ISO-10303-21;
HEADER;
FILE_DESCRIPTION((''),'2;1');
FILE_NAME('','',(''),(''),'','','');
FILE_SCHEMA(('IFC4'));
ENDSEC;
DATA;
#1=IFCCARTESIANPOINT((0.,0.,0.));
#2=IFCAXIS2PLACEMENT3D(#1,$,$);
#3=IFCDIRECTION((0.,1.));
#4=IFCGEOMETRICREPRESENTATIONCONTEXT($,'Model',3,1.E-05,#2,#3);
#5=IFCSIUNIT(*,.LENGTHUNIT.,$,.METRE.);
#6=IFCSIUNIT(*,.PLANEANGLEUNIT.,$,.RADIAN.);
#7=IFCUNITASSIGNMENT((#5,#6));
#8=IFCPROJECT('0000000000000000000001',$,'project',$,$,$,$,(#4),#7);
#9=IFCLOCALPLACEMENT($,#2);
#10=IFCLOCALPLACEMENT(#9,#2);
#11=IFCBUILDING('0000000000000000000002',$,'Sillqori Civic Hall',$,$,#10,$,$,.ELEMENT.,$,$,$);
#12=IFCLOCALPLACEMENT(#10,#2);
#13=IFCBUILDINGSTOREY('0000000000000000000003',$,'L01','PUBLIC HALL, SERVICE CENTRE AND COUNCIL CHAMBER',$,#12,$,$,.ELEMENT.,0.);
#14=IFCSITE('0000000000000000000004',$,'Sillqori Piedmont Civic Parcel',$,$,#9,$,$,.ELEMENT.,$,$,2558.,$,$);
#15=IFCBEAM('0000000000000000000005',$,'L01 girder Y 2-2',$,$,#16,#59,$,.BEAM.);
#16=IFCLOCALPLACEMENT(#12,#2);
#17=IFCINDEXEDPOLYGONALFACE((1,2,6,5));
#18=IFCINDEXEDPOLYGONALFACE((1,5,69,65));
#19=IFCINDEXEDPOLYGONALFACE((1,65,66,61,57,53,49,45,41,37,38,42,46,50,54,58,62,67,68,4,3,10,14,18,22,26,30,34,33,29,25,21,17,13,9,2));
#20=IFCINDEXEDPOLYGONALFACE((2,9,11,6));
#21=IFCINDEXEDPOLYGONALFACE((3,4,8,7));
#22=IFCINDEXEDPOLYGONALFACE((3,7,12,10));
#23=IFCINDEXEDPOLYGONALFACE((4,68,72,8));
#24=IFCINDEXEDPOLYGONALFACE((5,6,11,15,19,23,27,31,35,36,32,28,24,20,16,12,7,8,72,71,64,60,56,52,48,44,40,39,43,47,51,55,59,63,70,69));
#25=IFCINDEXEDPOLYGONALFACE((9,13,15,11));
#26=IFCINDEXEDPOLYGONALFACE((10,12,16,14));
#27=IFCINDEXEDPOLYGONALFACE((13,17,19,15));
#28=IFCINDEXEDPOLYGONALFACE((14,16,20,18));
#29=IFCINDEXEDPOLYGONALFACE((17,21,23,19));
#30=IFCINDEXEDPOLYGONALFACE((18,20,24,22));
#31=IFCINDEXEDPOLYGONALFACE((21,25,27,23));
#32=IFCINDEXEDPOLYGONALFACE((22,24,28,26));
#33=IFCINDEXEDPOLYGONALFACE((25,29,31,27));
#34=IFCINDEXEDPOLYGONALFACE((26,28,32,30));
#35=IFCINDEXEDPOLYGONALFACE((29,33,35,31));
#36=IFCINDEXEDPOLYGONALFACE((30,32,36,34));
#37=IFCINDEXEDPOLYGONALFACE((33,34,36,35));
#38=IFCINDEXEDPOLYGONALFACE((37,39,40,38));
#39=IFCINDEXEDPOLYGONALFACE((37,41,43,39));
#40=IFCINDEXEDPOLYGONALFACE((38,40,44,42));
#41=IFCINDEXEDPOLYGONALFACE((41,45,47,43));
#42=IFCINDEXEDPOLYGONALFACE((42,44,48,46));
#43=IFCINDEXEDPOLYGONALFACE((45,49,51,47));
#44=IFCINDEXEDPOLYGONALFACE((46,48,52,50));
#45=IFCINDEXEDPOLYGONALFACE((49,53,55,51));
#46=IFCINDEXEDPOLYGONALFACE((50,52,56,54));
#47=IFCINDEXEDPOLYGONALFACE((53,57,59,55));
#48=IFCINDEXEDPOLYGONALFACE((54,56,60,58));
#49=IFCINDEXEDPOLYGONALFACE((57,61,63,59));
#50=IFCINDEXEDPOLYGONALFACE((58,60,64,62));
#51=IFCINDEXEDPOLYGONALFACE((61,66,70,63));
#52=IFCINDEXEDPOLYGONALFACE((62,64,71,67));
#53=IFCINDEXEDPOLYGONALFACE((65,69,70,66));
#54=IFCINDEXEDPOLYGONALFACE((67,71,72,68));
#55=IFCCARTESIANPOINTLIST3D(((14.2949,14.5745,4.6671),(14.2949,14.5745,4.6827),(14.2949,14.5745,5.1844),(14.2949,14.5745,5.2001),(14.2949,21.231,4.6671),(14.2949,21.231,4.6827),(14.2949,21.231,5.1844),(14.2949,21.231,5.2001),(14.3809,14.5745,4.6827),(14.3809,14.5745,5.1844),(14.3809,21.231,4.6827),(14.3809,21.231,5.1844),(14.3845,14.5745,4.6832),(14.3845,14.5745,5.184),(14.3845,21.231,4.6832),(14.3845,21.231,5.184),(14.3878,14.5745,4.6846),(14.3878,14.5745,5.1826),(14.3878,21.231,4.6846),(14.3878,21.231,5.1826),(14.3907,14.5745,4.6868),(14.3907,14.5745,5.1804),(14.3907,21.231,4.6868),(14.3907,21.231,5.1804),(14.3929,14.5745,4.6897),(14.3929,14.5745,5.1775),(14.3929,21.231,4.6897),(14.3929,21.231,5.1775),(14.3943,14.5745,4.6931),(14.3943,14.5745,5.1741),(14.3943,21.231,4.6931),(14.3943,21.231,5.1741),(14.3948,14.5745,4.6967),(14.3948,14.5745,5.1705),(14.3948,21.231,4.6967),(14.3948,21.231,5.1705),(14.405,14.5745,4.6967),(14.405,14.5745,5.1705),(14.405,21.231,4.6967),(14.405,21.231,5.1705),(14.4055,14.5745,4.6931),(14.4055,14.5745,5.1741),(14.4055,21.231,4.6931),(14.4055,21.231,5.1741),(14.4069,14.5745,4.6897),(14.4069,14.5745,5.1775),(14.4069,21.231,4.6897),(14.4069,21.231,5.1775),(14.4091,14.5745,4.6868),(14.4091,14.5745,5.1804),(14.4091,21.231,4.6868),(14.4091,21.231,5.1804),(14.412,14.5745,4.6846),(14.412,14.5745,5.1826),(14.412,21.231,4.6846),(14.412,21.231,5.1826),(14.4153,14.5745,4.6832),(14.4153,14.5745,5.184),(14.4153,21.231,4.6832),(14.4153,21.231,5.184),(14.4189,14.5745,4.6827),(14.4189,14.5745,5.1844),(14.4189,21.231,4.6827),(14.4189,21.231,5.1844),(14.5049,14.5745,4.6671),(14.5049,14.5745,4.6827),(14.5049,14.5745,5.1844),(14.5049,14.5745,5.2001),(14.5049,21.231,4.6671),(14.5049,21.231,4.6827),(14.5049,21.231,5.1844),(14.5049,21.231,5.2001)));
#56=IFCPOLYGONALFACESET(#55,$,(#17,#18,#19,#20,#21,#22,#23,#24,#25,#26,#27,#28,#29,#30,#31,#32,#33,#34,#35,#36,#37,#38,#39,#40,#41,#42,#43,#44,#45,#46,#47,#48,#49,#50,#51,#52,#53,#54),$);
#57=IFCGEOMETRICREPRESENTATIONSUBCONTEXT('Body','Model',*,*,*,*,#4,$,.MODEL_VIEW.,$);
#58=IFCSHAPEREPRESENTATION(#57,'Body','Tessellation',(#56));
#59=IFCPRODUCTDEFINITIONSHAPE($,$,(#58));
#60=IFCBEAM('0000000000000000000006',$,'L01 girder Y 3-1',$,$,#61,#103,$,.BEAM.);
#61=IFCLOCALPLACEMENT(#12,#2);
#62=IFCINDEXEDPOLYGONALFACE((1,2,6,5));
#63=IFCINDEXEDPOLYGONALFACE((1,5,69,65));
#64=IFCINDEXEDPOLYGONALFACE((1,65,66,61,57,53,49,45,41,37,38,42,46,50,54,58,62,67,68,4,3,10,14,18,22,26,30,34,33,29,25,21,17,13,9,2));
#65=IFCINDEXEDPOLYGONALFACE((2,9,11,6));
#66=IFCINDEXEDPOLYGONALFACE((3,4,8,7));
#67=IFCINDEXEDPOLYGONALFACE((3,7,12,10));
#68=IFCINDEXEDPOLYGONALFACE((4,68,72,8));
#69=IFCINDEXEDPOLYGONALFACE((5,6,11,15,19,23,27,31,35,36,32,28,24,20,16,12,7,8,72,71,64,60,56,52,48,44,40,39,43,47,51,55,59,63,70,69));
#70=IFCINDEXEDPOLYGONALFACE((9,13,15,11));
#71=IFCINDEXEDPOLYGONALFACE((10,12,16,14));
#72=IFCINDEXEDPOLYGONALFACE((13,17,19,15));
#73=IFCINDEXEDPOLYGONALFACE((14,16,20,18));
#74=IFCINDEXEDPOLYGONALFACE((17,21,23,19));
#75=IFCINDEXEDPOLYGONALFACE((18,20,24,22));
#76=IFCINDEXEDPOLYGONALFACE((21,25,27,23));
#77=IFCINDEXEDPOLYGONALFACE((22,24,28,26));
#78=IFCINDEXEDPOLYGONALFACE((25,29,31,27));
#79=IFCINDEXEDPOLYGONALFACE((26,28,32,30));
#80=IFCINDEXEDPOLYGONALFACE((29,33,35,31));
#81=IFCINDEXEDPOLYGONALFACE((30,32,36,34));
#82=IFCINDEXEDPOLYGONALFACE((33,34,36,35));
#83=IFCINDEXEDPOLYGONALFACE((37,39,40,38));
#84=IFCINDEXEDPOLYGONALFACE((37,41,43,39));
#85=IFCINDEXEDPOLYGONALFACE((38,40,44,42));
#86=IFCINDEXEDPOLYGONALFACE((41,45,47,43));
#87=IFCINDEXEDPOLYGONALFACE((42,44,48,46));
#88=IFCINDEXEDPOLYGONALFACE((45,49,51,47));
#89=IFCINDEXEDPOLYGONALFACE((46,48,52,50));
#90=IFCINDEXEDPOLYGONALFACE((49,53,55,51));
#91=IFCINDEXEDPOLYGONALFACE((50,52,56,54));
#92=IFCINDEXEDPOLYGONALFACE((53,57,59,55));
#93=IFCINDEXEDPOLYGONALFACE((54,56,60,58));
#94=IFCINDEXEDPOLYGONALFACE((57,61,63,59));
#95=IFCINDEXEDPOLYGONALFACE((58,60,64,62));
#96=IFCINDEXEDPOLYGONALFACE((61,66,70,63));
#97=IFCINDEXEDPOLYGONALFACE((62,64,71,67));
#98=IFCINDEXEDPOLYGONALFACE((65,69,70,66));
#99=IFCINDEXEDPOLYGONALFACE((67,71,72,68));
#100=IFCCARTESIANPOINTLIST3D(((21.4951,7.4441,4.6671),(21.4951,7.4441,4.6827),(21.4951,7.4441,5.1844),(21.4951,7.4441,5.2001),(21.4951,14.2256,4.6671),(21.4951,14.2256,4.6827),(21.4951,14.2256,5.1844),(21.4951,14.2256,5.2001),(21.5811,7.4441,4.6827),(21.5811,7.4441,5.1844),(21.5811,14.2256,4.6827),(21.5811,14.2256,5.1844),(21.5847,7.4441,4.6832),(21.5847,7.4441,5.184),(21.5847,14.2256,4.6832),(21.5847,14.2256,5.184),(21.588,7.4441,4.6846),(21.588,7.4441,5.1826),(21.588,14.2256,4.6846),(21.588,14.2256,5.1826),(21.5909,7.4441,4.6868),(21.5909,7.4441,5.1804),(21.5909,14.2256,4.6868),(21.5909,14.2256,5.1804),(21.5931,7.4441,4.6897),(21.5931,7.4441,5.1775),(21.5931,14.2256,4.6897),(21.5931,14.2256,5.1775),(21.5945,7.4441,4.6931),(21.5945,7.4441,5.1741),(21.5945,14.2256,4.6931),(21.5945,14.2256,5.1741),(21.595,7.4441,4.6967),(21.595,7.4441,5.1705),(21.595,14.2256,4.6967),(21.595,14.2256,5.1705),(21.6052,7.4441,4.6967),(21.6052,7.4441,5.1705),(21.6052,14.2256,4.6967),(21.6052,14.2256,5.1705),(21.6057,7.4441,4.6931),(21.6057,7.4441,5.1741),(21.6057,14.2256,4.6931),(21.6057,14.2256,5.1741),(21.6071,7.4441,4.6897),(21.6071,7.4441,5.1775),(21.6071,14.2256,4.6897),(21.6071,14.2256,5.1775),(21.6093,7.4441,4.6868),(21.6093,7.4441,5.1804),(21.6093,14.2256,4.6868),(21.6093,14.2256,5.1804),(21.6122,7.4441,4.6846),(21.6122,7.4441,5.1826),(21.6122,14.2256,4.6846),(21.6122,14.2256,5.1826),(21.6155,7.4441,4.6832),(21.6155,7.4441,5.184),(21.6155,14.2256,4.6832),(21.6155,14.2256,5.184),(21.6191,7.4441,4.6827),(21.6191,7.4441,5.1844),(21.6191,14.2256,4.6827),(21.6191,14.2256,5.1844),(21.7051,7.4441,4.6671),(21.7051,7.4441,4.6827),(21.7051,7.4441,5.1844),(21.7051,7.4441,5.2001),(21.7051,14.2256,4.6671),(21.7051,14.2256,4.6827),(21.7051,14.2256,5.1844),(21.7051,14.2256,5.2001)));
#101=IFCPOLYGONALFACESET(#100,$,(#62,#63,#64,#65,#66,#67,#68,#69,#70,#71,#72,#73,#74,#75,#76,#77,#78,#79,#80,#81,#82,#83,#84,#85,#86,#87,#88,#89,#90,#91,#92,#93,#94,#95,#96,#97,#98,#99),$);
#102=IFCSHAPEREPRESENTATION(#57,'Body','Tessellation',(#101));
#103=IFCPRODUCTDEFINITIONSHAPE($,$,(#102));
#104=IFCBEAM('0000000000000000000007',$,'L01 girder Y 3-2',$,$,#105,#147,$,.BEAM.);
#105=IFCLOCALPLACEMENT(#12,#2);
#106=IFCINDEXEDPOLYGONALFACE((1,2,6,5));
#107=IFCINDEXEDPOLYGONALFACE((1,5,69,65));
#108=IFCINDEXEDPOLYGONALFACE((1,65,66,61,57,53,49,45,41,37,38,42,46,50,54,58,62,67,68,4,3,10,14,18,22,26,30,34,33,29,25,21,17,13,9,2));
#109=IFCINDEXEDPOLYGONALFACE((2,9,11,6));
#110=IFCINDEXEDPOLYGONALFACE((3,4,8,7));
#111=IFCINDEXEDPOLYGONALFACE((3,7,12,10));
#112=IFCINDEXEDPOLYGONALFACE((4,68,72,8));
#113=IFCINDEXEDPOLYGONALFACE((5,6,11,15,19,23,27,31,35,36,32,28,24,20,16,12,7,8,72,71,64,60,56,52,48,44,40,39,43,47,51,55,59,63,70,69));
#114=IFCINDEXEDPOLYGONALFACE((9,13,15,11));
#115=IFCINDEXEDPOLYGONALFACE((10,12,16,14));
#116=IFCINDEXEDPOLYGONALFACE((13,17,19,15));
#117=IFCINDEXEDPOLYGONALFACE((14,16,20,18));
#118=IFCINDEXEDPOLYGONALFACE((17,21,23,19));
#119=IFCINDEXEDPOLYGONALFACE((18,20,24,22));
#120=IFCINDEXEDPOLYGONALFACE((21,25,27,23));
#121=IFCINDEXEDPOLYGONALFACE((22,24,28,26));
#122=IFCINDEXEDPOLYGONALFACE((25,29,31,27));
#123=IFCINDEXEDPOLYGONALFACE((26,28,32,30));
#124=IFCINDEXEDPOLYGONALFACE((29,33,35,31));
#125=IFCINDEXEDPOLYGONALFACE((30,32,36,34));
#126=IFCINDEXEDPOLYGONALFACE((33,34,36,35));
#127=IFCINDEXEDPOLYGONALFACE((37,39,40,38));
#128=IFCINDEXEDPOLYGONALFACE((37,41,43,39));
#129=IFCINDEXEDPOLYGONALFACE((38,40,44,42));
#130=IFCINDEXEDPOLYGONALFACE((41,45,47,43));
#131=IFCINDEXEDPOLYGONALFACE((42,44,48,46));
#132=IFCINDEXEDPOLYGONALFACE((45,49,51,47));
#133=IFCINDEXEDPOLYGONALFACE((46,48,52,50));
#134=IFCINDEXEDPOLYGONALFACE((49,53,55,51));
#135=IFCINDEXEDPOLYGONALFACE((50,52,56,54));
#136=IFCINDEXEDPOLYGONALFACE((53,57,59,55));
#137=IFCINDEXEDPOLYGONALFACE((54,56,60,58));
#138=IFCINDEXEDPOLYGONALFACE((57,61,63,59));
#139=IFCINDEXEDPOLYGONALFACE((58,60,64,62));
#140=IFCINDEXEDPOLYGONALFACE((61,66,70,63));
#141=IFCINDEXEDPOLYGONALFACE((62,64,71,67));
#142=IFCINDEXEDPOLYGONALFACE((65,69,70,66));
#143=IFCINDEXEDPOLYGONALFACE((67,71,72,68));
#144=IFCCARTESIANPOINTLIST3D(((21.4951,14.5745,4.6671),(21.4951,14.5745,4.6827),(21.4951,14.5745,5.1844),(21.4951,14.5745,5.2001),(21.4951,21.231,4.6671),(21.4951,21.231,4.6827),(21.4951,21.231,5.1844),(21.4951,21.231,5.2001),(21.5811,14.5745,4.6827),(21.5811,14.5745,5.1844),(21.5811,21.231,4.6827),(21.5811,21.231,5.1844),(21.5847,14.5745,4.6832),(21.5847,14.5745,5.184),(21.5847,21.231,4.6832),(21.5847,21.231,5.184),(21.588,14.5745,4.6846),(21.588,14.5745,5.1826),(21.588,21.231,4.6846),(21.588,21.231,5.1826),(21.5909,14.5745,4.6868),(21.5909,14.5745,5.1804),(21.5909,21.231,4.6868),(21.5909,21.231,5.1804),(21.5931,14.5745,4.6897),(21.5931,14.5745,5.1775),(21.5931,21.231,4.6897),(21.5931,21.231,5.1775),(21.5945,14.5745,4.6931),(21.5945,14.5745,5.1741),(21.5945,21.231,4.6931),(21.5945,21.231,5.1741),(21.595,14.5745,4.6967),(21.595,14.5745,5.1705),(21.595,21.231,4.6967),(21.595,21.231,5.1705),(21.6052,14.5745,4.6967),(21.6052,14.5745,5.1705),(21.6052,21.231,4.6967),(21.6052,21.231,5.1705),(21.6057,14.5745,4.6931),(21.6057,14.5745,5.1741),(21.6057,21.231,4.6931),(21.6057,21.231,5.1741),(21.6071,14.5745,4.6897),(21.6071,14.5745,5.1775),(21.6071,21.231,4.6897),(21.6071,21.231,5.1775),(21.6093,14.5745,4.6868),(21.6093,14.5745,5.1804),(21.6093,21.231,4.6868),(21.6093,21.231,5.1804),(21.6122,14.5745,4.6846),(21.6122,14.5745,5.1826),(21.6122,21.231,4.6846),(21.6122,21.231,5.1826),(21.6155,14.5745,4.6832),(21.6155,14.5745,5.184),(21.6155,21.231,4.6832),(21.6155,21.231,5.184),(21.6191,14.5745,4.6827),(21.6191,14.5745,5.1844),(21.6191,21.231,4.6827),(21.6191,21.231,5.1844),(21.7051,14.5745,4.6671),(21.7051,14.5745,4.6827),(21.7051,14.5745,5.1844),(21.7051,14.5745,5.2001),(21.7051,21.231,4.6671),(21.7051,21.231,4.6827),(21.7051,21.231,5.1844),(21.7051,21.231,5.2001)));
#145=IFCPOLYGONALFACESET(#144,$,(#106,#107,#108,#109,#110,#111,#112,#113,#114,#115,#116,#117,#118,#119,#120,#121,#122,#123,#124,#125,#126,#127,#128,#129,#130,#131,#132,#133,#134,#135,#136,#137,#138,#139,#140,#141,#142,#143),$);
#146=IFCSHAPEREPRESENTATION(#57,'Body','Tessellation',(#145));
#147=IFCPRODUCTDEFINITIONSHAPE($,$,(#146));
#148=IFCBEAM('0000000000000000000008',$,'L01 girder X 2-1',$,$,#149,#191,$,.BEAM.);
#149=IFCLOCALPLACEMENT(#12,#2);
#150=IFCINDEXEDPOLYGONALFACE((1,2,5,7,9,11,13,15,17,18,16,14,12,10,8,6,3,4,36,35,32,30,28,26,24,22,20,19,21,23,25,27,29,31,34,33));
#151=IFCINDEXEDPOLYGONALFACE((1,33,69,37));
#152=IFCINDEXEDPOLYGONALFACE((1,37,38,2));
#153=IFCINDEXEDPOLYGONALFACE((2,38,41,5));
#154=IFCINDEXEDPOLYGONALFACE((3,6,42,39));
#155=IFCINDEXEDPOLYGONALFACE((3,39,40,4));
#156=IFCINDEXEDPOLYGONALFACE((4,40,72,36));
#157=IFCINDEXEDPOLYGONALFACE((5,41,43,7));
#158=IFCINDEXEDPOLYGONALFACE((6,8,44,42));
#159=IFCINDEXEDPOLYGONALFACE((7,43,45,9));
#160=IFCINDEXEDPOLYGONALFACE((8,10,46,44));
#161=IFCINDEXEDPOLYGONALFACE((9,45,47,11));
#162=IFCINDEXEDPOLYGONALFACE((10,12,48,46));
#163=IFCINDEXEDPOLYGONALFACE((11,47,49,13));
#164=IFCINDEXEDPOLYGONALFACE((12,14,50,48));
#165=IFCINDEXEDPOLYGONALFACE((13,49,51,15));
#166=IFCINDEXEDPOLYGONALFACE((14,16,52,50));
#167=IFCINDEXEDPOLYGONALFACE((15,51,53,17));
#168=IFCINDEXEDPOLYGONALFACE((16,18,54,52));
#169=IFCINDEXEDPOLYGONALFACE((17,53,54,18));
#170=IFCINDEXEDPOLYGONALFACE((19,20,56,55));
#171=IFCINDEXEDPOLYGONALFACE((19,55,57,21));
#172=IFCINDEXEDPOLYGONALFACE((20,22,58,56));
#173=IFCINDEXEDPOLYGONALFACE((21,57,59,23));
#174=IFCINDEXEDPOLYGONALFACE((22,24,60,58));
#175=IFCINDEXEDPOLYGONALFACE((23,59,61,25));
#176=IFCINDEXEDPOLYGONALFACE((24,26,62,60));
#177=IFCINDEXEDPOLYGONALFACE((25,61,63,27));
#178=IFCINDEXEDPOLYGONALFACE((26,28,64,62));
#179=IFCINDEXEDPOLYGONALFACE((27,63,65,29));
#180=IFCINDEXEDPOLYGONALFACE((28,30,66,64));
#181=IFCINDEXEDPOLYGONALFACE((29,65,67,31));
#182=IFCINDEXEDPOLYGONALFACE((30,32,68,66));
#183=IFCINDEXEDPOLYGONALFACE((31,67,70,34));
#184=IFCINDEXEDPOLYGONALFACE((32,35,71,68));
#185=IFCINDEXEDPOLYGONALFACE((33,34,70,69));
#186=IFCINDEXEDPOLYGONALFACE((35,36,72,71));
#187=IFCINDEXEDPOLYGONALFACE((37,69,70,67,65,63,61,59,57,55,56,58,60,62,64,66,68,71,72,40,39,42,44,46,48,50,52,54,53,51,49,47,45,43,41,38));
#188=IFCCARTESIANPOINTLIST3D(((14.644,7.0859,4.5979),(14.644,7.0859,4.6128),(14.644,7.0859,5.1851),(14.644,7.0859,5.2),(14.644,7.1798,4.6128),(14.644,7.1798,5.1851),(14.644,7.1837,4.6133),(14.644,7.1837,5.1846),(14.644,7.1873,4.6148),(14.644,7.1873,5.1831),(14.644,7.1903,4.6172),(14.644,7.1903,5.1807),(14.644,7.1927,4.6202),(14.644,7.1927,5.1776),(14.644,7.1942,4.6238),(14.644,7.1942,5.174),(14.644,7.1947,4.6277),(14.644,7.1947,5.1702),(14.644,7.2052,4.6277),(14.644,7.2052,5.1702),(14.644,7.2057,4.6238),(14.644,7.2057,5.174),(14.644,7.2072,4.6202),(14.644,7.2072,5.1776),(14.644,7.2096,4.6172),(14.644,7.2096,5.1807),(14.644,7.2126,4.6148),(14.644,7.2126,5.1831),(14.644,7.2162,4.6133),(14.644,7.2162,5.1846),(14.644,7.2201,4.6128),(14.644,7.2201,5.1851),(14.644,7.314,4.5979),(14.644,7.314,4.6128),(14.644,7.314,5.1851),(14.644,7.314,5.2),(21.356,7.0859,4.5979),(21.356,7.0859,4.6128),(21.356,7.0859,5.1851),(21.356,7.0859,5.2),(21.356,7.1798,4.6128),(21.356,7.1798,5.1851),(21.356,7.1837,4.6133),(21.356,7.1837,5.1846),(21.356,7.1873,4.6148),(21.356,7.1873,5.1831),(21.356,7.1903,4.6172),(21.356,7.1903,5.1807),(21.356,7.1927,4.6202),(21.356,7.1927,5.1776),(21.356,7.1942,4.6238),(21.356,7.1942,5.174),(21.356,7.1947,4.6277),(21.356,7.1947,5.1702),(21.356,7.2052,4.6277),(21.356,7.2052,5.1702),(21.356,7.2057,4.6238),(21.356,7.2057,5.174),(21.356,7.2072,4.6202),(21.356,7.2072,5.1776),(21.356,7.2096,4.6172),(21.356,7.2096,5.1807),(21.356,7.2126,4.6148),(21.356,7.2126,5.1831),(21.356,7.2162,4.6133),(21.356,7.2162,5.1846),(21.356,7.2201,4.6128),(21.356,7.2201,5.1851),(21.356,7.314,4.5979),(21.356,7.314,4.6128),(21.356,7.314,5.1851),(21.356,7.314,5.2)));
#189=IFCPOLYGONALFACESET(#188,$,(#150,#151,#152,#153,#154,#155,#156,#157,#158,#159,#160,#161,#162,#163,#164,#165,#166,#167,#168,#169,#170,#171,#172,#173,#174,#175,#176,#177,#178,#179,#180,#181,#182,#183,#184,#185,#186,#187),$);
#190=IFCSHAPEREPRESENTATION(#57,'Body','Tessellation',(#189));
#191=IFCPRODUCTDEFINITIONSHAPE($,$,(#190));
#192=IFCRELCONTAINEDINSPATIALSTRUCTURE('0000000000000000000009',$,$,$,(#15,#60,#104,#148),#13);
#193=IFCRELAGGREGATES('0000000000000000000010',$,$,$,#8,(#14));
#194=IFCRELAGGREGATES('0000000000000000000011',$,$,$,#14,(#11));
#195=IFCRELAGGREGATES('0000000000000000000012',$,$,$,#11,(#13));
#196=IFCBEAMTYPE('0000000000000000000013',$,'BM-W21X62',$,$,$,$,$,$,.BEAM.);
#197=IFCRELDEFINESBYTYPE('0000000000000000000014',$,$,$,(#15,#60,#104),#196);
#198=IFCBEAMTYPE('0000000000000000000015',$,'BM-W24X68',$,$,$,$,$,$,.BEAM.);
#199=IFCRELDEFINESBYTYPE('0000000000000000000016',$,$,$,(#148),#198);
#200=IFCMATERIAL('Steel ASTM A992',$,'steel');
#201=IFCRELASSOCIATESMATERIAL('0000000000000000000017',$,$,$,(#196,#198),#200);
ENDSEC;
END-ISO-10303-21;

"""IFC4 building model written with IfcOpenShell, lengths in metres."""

from ifc_helpers import new_model, si_unit, direction, frame, origin, origin_2d, place, context, subcontext, project, spatial, i_section, extrude, material, material_profile, profile_set, type_object, element, save


model = new_model("IFC4")

# Units and contexts
model_context = context("Model", 3, precision=1e-05, world=origin(), true_north=direction((0.0, 1.0)))
body_context = subcontext(model_context, "Body", "Model", "MODEL_VIEW")
ifc_project = project(units=[si_unit("LENGTHUNIT", "METRE"), si_unit("PLANEANGLEUNIT", "RADIAN")], contexts=[model_context])

# Site, building, storey
site_placement = place(None, origin())
site = spatial("IfcSite", under=ifc_project, at=site_placement, Name="Sillqori Piedmont Civic Parcel", CompositionType="ELEMENT", RefElevation=2558.0)
building_placement = place(site_placement, origin())
building = spatial("IfcBuilding", under=site, at=building_placement, Name="Sillqori Civic Hall", CompositionType="ELEMENT")
storey_placement = place(building_placement, origin())
storey = spatial("IfcBuildingStorey", under=building, at=storey_placement, Name="L01", Description="PUBLIC HALL, SERVICE CENTRE AND COUNCIL CHAMBER", CompositionType="ELEMENT", Elevation=0.0)

# Shared definitions
ifc_material_1 = material(Name="Steel ASTM A992", Category="steel")

# Beams
ifc_material_profile_1 = material_profile(ifc_material_1, i_section(OverallWidth=0.21, OverallDepth=0.533, WebThickness=0.0103, FlangeThickness=0.0156, FilletRadius=0.0139, at=origin_2d()), Name="W21X62")
ifc_profile_set_1 = profile_set([ifc_material_profile_1], Name="Steel ASTM A992")
beam_type_1 = type_object("IfcBeamType", Name="BM-W21X62", PredefinedType="BEAM", material=ifc_profile_set_1)
beam_1_placement = place(storey_placement, frame((14.3999, 14.5745, 4.9336), z_axis=(0.0, 1.0, 0.0), x_axis=(-1.0, 0.0, 0.0)))
element("IfcBeam", 1, at=beam_1_placement, inside=storey, type_object=beam_type_1, Name="L01 girder Y 2-2", PredefinedType="BEAM", context=body_context, shape_type="SweptSolid", body=[
    extrude(i_section(OverallWidth=0.21, OverallDepth=0.533, WebThickness=0.0103, FlangeThickness=0.0156, FilletRadius=0.0139, at=origin_2d()), origin(), (0.0, 0.0, 1.0), 6.6565),
])
beam_2_placement = place(storey_placement, frame((21.6001, 7.4441, 4.9336), z_axis=(0.0, 1.0, 0.0), x_axis=(-1.0, 0.0, 0.0)))
element("IfcBeam", 2, at=beam_2_placement, inside=storey, type_object=beam_type_1, Name="L01 girder Y 3-1", PredefinedType="BEAM", context=body_context, shape_type="SweptSolid", body=[
    extrude(i_section(OverallWidth=0.21, OverallDepth=0.533, WebThickness=0.0103, FlangeThickness=0.0156, FilletRadius=0.0139, at=origin_2d()), origin(), (0.0, 0.0, 1.0), 6.7815),
])
beam_3_placement = place(storey_placement, frame((21.6001, 14.5745, 4.9336), z_axis=(0.0, 1.0, 0.0), x_axis=(-1.0, 0.0, 0.0)))
element("IfcBeam", 3, at=beam_3_placement, inside=storey, type_object=beam_type_1, Name="L01 girder Y 3-2", PredefinedType="BEAM", context=body_context, shape_type="SweptSolid", body=[
    extrude(i_section(OverallWidth=0.21, OverallDepth=0.533, WebThickness=0.0103, FlangeThickness=0.0156, FilletRadius=0.0139, at=origin_2d()), origin(), (0.0, 0.0, 1.0), 6.6565),
])
ifc_material_profile_2 = material_profile(ifc_material_1, i_section(OverallWidth=0.228, OverallDepth=0.6021, WebThickness=0.0105, FlangeThickness=0.0149, FilletRadius=0.0149, at=origin_2d()), Name="W24X68")
ifc_profile_set_2 = profile_set([ifc_material_profile_2], Name="Steel ASTM A992")
beam_type_2 = type_object("IfcBeamType", Name="BM-W24X68", PredefinedType="BEAM", material=ifc_profile_set_2)
beam_4_placement = place(storey_placement, frame((14.644, 7.2, 4.8989), z_axis=(1.0, 0.0, 0.0), x_axis=(0.0, 1.0, 0.0)))
element("IfcBeam", 4, at=beam_4_placement, inside=storey, type_object=beam_type_2, Name="L01 girder X 2-1", PredefinedType="BEAM", context=body_context, shape_type="SweptSolid", body=[
    extrude(i_section(OverallWidth=0.228, OverallDepth=0.6021, WebThickness=0.0105, FlangeThickness=0.0149, FilletRadius=0.0149, at=origin_2d()), origin(), (0.0, 0.0, 1.0), 6.7119),
])

save(model, "model.ifc")
